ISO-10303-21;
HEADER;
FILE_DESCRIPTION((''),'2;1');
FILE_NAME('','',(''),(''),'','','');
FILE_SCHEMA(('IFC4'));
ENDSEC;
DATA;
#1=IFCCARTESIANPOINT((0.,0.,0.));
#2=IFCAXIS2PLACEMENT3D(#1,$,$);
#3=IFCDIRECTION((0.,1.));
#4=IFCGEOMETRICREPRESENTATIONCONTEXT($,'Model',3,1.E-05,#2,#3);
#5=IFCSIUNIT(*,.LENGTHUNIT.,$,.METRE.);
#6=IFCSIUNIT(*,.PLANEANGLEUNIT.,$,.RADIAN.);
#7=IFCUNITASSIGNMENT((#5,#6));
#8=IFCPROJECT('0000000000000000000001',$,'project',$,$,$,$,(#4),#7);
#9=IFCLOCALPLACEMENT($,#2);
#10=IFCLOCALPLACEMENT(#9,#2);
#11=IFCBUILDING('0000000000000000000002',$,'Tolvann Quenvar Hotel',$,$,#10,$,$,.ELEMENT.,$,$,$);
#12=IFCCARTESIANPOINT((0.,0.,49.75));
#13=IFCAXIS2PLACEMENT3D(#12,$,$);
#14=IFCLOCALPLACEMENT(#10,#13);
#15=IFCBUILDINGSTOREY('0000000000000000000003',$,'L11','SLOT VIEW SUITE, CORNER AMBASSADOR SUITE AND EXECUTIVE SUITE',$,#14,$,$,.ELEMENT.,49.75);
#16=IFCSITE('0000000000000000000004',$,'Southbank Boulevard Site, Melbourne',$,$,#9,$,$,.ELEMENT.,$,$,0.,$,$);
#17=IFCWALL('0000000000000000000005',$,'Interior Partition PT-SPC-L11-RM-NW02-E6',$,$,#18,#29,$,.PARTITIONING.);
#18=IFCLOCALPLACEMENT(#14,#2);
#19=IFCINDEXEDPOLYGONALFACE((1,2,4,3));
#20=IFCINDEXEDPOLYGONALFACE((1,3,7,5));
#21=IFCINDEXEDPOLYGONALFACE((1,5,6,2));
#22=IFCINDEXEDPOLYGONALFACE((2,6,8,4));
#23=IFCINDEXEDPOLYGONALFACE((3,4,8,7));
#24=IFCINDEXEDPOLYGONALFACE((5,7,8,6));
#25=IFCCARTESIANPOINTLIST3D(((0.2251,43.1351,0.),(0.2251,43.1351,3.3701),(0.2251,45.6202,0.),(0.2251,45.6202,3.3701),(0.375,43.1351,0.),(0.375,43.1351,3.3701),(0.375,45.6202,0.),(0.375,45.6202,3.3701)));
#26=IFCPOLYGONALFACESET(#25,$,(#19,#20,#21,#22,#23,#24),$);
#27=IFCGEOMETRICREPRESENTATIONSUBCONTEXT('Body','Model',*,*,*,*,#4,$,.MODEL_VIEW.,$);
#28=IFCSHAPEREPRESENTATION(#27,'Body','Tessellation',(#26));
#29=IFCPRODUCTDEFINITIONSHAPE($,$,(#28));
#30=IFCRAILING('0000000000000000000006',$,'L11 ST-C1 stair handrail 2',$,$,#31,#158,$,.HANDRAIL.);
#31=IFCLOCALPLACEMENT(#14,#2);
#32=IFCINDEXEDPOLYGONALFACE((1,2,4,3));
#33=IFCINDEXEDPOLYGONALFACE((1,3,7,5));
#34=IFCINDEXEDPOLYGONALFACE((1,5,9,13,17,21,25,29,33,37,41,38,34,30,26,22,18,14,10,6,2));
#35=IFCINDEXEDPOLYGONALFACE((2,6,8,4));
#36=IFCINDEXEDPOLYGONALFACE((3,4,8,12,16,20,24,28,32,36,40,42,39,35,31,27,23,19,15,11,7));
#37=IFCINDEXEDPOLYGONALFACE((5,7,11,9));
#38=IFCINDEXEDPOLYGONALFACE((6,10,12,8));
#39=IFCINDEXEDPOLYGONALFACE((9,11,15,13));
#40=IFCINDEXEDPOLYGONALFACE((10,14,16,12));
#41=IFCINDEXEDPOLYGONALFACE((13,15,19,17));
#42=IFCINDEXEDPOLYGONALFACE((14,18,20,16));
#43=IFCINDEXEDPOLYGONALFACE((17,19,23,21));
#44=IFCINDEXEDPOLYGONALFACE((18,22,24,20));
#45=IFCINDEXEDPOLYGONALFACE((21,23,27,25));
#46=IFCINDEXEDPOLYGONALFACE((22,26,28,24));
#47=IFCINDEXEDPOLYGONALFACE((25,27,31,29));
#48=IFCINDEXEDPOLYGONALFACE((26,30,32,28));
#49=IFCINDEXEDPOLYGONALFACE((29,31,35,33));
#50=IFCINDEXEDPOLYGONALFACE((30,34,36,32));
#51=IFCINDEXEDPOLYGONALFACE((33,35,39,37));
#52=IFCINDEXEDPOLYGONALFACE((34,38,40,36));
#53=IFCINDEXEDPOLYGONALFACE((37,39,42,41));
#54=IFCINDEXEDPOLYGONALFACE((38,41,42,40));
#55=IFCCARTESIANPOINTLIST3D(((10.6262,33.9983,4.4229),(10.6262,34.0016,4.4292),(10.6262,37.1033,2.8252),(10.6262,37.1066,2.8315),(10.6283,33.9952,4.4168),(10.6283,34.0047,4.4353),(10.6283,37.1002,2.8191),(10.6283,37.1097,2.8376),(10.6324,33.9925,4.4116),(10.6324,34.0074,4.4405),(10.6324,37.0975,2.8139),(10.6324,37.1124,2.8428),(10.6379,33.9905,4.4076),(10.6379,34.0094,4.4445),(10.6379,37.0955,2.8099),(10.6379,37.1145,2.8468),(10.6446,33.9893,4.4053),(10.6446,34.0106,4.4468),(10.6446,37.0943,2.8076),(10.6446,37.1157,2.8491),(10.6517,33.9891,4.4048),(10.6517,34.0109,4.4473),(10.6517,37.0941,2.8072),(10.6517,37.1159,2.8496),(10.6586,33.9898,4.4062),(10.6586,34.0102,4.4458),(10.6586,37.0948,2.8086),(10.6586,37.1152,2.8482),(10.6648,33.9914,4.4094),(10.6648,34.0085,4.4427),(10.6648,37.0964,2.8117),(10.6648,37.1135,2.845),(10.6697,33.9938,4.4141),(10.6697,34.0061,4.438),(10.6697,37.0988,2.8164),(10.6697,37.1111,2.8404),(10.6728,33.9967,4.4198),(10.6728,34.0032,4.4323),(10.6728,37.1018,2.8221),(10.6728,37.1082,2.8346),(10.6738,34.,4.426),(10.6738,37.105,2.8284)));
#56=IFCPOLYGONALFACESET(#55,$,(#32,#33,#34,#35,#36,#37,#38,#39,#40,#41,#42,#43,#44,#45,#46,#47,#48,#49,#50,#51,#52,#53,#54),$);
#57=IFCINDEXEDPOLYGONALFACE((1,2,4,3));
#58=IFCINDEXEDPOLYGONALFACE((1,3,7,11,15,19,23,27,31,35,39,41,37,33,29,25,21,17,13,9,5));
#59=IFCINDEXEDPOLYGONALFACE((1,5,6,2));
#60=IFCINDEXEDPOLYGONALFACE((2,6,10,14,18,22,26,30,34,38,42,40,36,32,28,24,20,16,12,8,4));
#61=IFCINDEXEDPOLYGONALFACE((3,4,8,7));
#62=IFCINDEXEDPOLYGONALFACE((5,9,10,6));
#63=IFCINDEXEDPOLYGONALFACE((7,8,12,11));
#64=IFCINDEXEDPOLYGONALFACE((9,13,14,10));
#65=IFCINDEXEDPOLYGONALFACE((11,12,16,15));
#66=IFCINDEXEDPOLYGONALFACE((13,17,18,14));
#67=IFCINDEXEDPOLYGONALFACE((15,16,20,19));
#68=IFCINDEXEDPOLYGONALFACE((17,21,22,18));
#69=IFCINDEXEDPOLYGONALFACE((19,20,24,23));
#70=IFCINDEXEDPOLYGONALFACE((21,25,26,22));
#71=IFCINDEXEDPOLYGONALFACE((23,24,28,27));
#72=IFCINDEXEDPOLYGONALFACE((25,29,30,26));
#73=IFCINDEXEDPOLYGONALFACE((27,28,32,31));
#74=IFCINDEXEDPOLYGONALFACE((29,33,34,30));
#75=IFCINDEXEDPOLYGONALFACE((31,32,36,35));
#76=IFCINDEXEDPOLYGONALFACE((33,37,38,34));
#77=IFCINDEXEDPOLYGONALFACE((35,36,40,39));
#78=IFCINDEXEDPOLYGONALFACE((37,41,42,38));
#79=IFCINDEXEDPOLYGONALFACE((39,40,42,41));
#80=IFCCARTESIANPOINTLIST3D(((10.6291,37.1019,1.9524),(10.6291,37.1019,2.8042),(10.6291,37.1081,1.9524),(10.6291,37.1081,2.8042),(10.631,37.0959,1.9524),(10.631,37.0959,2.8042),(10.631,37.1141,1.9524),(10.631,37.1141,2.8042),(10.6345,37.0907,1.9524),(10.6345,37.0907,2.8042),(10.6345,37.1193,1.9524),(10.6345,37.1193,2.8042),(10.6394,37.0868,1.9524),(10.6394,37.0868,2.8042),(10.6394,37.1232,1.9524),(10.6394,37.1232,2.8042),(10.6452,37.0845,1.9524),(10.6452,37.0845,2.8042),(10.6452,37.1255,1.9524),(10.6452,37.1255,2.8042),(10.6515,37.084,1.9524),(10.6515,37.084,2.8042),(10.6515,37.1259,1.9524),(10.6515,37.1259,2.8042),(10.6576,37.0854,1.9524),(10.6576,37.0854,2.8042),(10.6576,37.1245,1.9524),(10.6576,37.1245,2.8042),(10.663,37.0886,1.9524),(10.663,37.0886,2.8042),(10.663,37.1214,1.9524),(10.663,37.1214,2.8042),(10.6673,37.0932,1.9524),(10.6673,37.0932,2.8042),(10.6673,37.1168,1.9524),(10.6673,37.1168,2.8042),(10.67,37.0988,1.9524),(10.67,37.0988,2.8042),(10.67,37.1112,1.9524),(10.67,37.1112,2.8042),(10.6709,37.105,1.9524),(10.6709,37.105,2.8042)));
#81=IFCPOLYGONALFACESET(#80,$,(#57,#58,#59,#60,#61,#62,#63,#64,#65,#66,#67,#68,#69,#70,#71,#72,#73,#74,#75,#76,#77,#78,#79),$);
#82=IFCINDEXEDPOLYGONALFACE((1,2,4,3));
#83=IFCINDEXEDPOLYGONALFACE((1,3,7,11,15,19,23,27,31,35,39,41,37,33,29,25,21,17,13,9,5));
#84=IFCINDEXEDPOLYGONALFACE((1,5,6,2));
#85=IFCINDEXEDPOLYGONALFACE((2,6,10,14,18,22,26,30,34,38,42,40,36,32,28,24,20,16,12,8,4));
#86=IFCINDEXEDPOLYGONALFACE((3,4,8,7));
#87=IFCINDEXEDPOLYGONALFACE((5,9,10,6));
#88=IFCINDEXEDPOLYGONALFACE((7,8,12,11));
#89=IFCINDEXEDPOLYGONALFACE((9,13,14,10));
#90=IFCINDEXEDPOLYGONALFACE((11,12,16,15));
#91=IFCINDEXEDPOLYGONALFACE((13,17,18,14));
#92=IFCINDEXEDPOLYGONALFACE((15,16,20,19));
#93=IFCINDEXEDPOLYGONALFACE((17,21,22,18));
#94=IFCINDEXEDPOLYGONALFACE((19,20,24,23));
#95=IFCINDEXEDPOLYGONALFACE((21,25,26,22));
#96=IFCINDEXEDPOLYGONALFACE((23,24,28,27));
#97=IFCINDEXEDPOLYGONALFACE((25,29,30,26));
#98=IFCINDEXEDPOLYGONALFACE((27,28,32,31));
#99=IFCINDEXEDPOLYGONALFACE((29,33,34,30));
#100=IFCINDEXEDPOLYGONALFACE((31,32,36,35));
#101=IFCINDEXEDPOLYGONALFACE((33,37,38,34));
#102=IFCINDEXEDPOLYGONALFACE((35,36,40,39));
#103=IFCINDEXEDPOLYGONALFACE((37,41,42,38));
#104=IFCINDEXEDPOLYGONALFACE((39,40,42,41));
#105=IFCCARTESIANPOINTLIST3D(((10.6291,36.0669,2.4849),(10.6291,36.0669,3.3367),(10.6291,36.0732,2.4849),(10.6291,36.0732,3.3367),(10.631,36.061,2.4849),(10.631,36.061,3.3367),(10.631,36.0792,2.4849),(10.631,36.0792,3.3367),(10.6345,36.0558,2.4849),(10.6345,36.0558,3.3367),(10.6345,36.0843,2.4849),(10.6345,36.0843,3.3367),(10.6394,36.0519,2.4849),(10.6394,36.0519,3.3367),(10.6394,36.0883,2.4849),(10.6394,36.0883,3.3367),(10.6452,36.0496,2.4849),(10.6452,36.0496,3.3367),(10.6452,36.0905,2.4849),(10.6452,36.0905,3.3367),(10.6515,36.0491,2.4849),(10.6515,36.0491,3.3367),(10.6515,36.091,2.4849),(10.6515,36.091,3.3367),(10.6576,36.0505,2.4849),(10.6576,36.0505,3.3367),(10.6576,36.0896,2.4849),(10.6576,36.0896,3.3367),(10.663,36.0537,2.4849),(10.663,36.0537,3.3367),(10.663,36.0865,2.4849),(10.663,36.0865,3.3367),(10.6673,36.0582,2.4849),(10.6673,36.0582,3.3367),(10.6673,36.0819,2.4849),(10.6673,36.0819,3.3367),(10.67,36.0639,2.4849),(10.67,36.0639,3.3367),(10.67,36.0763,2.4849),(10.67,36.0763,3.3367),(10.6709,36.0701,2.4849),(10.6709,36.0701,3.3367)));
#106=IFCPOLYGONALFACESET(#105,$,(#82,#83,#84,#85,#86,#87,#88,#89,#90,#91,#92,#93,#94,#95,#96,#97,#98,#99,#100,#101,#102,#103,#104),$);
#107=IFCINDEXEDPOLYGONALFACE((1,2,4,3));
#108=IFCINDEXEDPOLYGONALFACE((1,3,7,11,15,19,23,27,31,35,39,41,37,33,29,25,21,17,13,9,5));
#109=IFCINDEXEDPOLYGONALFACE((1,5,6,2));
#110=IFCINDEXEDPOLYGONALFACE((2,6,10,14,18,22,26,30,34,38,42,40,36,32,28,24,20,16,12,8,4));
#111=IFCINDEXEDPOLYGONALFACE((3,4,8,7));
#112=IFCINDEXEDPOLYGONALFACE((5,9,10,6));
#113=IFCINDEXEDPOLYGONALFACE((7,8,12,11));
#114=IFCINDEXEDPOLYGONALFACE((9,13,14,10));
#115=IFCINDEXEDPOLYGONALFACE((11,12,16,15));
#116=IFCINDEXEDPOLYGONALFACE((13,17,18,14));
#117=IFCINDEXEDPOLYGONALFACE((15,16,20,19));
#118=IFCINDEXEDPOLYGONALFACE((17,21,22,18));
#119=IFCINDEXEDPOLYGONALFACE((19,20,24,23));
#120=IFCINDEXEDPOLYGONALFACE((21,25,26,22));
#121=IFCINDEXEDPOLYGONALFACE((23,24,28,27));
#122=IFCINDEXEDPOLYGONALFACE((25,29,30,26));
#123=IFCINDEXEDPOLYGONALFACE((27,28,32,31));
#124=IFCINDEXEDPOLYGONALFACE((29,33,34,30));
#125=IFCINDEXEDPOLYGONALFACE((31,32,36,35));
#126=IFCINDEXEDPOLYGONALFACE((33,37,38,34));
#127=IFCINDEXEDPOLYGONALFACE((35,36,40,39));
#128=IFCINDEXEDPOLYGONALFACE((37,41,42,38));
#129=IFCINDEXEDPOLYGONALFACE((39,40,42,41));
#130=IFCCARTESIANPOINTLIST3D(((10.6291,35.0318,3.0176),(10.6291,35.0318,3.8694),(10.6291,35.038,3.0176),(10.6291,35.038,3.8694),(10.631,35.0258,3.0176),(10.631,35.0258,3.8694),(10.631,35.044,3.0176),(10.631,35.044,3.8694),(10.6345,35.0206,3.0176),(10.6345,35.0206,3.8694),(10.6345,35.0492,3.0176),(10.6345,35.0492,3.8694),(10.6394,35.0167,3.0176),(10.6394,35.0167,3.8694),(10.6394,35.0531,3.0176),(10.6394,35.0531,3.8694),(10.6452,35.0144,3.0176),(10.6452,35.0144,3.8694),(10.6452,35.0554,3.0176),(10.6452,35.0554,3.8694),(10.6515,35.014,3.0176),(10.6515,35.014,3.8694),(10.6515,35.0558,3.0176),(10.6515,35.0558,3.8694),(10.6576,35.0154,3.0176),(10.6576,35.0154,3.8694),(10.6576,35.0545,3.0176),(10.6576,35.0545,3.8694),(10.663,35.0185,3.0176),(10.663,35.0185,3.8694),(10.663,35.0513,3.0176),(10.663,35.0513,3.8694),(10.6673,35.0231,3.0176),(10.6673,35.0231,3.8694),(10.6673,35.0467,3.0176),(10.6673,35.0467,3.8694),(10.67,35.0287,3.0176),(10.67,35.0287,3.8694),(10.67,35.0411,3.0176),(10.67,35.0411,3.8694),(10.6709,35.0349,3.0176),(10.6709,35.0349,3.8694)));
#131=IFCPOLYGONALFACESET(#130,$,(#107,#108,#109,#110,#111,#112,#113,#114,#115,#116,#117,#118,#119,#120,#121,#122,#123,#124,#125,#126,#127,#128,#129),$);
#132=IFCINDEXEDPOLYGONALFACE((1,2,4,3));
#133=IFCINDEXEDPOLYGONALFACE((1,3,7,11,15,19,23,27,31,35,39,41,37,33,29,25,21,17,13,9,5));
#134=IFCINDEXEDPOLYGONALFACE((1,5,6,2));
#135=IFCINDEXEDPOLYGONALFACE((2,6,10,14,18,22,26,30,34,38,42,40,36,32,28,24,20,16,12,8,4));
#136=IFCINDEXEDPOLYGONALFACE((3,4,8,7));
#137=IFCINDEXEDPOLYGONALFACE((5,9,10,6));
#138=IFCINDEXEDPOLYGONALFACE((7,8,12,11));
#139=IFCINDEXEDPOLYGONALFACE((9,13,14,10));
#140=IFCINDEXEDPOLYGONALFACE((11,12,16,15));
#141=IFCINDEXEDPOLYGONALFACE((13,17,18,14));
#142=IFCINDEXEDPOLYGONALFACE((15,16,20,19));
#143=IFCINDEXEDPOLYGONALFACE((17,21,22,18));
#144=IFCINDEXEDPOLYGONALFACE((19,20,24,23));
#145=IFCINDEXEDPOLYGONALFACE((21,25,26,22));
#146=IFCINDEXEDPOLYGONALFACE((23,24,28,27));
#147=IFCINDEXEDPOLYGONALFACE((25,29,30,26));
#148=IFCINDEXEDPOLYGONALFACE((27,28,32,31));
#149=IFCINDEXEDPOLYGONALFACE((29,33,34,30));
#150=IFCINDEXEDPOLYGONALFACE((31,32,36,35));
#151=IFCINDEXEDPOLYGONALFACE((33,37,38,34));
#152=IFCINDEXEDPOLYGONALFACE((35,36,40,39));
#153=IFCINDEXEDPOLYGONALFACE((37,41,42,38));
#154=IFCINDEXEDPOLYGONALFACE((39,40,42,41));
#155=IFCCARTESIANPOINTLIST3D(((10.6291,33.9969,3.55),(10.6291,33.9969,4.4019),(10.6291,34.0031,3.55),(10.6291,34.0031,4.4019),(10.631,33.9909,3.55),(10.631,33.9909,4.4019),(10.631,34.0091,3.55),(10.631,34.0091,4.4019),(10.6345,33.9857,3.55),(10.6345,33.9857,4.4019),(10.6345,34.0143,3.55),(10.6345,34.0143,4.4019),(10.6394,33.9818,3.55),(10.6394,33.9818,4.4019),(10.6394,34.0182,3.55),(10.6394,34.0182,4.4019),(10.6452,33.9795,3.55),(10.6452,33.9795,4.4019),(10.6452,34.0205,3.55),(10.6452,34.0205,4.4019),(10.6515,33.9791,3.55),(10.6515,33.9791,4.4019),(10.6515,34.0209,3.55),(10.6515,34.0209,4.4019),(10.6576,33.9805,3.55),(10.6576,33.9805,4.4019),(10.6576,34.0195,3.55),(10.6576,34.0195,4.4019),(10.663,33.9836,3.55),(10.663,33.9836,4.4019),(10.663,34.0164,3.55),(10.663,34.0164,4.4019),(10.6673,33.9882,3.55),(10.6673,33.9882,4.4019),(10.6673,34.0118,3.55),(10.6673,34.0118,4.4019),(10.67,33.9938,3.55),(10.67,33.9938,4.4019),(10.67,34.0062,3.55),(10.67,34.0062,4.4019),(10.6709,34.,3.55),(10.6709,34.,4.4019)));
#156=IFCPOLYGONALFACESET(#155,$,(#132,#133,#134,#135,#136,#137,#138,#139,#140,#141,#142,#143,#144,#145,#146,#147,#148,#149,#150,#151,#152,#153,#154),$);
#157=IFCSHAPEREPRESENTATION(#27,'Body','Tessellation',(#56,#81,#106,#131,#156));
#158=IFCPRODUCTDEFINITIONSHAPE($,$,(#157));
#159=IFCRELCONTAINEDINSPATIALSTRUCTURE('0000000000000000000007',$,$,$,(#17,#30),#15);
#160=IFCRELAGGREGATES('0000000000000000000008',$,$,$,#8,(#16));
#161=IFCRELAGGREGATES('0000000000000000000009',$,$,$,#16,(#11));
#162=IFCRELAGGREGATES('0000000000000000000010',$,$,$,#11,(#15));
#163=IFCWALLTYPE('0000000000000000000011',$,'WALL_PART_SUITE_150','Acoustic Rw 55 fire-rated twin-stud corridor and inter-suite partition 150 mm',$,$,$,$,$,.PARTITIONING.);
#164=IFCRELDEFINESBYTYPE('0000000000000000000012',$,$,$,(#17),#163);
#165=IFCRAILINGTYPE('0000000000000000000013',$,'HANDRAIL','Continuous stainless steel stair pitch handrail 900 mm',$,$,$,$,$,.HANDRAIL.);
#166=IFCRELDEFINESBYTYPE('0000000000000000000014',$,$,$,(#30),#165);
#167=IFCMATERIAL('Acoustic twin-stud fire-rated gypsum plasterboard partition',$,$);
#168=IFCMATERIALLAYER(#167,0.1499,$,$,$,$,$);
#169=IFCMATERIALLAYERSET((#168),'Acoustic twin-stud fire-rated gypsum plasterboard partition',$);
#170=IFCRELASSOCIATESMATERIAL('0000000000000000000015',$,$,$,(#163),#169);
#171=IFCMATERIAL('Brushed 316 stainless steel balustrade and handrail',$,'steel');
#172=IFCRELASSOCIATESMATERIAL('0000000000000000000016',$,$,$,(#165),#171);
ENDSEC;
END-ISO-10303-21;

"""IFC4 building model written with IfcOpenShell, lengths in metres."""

from ifc_helpers import new_model, si_unit, direction, frame, frame_2d, origin, origin_2d, place, context, subcontext, project, spatial, rectangle, circle, extrude, material, layer, layer_set, type_object, element, save


model = new_model("IFC4")

# Units and contexts
model_context = context("Model", 3, precision=1e-05, world=origin(), true_north=direction((0.0, 1.0)))
body_context = subcontext(model_context, "Body", "Model", "MODEL_VIEW")
ifc_project = project(units=[si_unit("LENGTHUNIT", "METRE"), si_unit("PLANEANGLEUNIT", "RADIAN")], contexts=[model_context])

# Site, building, storey
site_placement = place(None, origin())
site = spatial("IfcSite", under=ifc_project, at=site_placement, Name="Southbank Boulevard Site, Melbourne", CompositionType="ELEMENT", RefElevation=0.0)
building_placement = place(site_placement, origin())
building = spatial("IfcBuilding", under=site, at=building_placement, Name="Tolvann Quenvar Hotel", CompositionType="ELEMENT")
storey_placement = place(building_placement, frame((0.0, 0.0, 49.75)))
storey = spatial("IfcBuildingStorey", under=building, at=storey_placement, Name="L11", Description="SLOT VIEW SUITE, CORNER AMBASSADOR SUITE AND EXECUTIVE SUITE", CompositionType="ELEMENT", Elevation=49.75)

# Wall
ifc_material_1 = material(Name="Acoustic twin-stud fire-rated gypsum plasterboard partition")
ifc_layer_1 = layer(ifc_material_1, 0.1499)
ifc_layer_set_1 = layer_set([ifc_layer_1], Name="Acoustic twin-stud fire-rated gypsum plasterboard partition")
wall_type_1 = type_object("IfcWallType", Name="WALL_PART_SUITE_150", Description="Acoustic Rw 55 fire-rated twin-stud corridor and inter-suite partition 150 mm", PredefinedType="PARTITIONING", material=ifc_layer_set_1)
wall_1_placement = place(storey_placement, frame((0.3, 43.135, 0.0), z_axis=(0.0, 0.0, 1.0), x_axis=(0.0, 1.0, 0.0)))
element("IfcWall", 1, at=wall_1_placement, inside=storey, type_object=wall_type_1, Name="Interior Partition PT-SPC-L11-RM-NW02-E6", PredefinedType="PARTITIONING", context=body_context, shape_type="SweptSolid", body=[
    extrude(rectangle(XDim=2.4851, YDim=0.1499, at=frame_2d((1.2427, 0.0))), origin(), (0.0, 0.0, 1.0), 3.3701),
])

# Railing
ifc_material_2 = material(Name="Brushed 316 stainless steel balustrade and handrail", Category="steel")
railing_type = type_object("IfcRailingType", Name="HANDRAIL", Description="Continuous stainless steel stair pitch handrail 900 mm", PredefinedType="HANDRAIL", material=ifc_material_2)
railing_placement = place(storey_placement, frame((10.6499, 37.105, 1.9524)))
element("IfcRailing", 2, at=railing_placement, inside=storey, type_object=railing_type, Name="L11 ST-C1 stair handrail 2", PredefinedType="HANDRAIL", context=body_context, shape_type="SweptSolid", body=[
    extrude(circle(Radius=0.0239, at=origin_2d()), frame((0.0, 0.0, 0.876), z_axis=(0.0, -0.889194, 0.457531), x_axis=(1.0, 0.0, 0.0)), (0.0, 0.0, 1.0), 3.4919),
    extrude(circle(Radius=0.021, at=origin_2d()), origin(), (0.0, 0.0, 1.0), 0.8518),
    extrude(circle(Radius=0.021, at=origin_2d()), frame((0.0, -1.0349, 0.5325)), (0.0, 0.0, 1.0), 0.8518),
    extrude(circle(Radius=0.021, at=origin_2d()), frame((0.0, -2.0701, 1.0652)), (0.0, 0.0, 1.0), 0.8518),
    extrude(circle(Radius=0.021, at=origin_2d()), frame((0.0, -3.105, 1.5977)), (0.0, 0.0, 1.0), 0.8518),
])

save(model, "model.ifc")
